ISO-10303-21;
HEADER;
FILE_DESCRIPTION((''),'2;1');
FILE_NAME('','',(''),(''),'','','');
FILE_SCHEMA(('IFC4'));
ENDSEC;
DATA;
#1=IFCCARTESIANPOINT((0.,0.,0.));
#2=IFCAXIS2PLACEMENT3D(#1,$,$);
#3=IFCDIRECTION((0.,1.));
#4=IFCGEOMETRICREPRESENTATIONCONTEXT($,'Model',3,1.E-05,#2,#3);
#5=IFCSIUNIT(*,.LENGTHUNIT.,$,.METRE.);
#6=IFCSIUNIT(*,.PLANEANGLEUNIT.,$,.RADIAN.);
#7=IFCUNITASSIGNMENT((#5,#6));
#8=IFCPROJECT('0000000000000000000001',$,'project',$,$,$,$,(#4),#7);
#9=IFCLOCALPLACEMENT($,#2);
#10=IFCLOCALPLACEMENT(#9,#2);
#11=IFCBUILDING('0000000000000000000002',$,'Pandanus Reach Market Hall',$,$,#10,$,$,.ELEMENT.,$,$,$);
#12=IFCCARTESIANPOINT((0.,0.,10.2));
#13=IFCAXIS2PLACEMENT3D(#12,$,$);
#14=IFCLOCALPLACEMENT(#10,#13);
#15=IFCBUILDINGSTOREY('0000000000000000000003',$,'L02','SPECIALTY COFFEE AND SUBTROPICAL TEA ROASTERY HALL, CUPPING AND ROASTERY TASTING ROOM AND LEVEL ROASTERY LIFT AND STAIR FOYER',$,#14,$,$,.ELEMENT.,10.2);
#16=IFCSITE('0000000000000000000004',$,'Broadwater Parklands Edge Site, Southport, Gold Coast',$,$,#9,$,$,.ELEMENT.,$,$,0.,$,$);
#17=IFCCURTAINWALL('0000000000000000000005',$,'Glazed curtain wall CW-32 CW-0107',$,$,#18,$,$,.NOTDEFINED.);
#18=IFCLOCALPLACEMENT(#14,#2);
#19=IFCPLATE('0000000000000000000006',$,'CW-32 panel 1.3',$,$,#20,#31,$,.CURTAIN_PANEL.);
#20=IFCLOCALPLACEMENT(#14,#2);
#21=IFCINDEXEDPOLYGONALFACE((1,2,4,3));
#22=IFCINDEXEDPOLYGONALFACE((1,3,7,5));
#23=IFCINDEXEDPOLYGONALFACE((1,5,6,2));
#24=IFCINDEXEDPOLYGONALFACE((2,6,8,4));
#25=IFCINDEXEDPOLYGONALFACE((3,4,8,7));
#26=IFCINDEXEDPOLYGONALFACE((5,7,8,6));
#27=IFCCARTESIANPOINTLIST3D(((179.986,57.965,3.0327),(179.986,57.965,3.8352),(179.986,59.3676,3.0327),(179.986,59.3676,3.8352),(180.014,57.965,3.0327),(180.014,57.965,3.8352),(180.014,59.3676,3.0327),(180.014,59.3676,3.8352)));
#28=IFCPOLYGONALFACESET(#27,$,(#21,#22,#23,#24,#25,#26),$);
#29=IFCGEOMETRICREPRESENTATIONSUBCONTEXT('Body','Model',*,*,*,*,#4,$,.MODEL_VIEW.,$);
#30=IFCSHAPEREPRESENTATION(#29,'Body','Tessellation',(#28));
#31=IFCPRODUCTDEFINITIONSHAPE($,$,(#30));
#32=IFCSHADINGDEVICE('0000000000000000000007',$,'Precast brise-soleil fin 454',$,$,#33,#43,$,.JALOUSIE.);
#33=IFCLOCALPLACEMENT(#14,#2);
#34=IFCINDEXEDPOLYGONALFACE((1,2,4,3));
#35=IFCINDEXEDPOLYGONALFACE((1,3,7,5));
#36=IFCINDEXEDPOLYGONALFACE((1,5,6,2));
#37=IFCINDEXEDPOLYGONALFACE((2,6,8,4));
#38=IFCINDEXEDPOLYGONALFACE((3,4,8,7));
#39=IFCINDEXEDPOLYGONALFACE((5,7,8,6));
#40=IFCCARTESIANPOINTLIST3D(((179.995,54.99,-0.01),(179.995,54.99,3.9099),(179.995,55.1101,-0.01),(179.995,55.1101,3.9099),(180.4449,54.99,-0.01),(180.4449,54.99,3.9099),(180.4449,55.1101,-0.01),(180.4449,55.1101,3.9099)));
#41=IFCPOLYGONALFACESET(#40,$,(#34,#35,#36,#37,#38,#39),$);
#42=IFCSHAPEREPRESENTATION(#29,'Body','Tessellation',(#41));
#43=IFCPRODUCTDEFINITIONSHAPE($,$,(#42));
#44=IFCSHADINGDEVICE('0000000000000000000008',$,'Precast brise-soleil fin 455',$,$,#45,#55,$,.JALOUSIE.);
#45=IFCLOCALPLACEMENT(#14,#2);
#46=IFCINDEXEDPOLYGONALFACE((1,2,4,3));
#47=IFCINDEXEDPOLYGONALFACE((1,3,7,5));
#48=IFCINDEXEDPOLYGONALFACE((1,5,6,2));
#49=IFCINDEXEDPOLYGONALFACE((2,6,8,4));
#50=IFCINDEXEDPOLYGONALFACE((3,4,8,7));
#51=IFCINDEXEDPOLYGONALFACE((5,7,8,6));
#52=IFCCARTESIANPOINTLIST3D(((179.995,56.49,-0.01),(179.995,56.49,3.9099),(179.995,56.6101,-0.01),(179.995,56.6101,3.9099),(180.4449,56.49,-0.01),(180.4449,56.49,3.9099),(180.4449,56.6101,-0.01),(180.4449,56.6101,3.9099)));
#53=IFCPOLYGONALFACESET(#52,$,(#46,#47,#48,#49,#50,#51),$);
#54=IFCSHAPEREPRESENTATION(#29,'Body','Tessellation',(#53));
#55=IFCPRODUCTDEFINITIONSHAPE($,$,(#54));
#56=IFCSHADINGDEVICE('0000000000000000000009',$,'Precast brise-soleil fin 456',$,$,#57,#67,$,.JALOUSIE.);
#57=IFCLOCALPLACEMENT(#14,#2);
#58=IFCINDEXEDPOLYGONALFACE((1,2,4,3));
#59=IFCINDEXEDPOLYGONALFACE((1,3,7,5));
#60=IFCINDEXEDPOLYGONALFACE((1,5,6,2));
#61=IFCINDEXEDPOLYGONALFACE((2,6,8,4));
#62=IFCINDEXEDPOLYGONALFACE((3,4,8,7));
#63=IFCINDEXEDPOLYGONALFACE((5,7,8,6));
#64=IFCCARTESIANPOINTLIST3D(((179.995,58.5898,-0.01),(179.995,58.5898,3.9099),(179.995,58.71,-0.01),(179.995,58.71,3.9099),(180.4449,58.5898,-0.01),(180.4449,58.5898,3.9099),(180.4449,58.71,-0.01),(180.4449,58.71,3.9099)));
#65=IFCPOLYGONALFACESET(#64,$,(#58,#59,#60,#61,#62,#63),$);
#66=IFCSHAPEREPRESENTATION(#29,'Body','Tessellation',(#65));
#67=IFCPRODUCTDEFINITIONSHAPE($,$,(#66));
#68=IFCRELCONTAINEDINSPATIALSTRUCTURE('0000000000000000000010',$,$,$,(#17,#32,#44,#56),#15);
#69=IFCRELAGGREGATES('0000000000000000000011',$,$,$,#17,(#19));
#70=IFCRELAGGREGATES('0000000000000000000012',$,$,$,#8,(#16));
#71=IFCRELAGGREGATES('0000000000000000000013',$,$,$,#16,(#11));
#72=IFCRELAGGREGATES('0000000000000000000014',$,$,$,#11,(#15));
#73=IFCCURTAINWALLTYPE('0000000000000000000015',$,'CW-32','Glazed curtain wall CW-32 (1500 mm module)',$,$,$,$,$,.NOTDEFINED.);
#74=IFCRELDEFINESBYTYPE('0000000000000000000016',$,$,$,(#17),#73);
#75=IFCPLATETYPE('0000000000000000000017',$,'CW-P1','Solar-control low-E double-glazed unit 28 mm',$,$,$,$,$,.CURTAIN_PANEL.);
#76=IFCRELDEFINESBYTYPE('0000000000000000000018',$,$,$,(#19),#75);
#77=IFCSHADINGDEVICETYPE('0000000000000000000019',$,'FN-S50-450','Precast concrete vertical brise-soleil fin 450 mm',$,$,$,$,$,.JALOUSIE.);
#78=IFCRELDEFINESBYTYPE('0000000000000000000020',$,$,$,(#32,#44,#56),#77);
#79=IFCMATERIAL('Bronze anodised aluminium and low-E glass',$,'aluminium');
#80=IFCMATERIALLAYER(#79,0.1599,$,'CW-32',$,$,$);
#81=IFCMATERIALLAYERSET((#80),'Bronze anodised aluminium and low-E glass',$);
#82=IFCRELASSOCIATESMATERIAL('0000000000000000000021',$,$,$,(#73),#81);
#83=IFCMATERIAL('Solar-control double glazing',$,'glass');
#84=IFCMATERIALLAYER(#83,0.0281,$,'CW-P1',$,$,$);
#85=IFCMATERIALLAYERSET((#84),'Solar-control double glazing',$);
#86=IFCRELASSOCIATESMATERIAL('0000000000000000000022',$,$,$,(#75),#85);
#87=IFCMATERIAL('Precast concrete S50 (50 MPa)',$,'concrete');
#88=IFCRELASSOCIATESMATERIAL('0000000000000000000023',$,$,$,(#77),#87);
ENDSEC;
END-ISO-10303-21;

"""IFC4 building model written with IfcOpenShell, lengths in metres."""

from ifc_helpers import new_model, si_unit, direction, frame, origin, origin_2d, place, context, subcontext, project, spatial, rectangle, extrude, material, layer, layer_set, type_object, element, aggregate, save


model = new_model("IFC4")

# Units and contexts
model_context = context("Model", 3, precision=1e-05, world=origin(), true_north=direction((0.0, 1.0)))
body_context = subcontext(model_context, "Body", "Model", "MODEL_VIEW")
ifc_project = project(units=[si_unit("LENGTHUNIT", "METRE"), si_unit("PLANEANGLEUNIT", "RADIAN")], contexts=[model_context])

# Site, building, storey
site_placement = place(None, origin())
site = spatial("IfcSite", under=ifc_project, at=site_placement, Name="Broadwater Parklands Edge Site, Southport, Gold Coast", CompositionType="ELEMENT", RefElevation=0.0)
building_placement = place(site_placement, origin())
building = spatial("IfcBuilding", under=site, at=building_placement, Name="Pandanus Reach Market Hall", CompositionType="ELEMENT")
storey_placement = place(building_placement, frame((0.0, 0.0, 10.2)))
storey = spatial("IfcBuildingStorey", under=building, at=storey_placement, Name="L02", Description="SPECIALTY COFFEE AND SUBTROPICAL TEA ROASTERY HALL, CUPPING AND ROASTERY TASTING ROOM AND LEVEL ROASTERY LIFT AND STAIR FOYER", CompositionType="ELEMENT", Elevation=10.2)

# Curtain wall
ifc_material_1 = material(Name="Bronze anodised aluminium and low-E glass", Category="aluminium")
ifc_layer_1 = layer(ifc_material_1, 0.1599, Name="CW-32")
ifc_layer_set_1 = layer_set([ifc_layer_1], Name="Bronze anodised aluminium and low-E glass")
curtain_wall_type = type_object("IfcCurtainWallType", Name="CW-32", Description="Glazed curtain wall CW-32 (1500 mm module)", PredefinedType="NOTDEFINED", material=ifc_layer_set_1)
curtain_wall_1_placement = place(storey_placement, origin())
curtain_wall_1 = element("IfcCurtainWall", 1, at=curtain_wall_1_placement, inside=storey, type_object=curtain_wall_type, Name="Glazed curtain wall CW-32 CW-0107", PredefinedType="NOTDEFINED")

# Plate
ifc_material_2 = material(Name="Solar-control double glazing", Category="glass")
ifc_layer_2 = layer(ifc_material_2, 0.0281, Name="CW-P1")
ifc_layer_set_2 = layer_set([ifc_layer_2], Name="Solar-control double glazing")
plate_type = type_object("IfcPlateType", Name="CW-P1", Description="Solar-control low-E double-glazed unit 28 mm", PredefinedType="CURTAIN_PANEL", material=ifc_layer_set_2)
plate_1_placement = place(storey_placement, frame((180.0, 58.6663, 3.0327), z_axis=(0.0, 0.0, 1.0), x_axis=(0.0, 1.0, 0.0)))
plate_1 = element("IfcPlate", 2, at=plate_1_placement, type_object=plate_type, Name="CW-32 panel 1.3", PredefinedType="CURTAIN_PANEL", context=body_context, shape_type="SweptSolid", body=[
    extrude(rectangle(XDim=1.4026, YDim=0.0281, at=origin_2d()), origin(), (0.0, 0.0, 1.0), 0.8025),
])
aggregate(curtain_wall_1, [plate_1])

# Shading devices
ifc_material_3 = material(Name="Precast concrete S50 (50 MPa)", Category="concrete")
shading_device_type = type_object("IfcShadingDeviceType", Name="FN-S50-450", Description="Precast concrete vertical brise-soleil fin 450 mm", PredefinedType="JALOUSIE", material=ifc_material_3)
for number, where, z_axis, x_axis, name in (
    (3, (180.22, 55.05, -0.01), (0.0, 0.0, 1.0), (1.0, 0.0, 0.0), "Precast brise-soleil fin 454"),
    (4, (180.22, 56.55, -0.01), (0.0, 0.0, 1.0), (1.0, 0.0, 0.0), "Precast brise-soleil fin 455"),
    (5, (180.22, 58.6499, -0.01), (0.0, 0.0, 1.0), (1.0, 0.0, 0.0), "Precast brise-soleil fin 456"),
):
    element("IfcShadingDevice", number, at=place(storey_placement, frame(where, z_axis=z_axis, x_axis=x_axis)), inside=storey, type_object=shading_device_type, Name=name, PredefinedType="JALOUSIE", context=body_context, shape_type="SweptSolid", body=[
        extrude(rectangle(XDim=0.45, YDim=0.1201, at=origin_2d()), origin(), (0.0, 0.0, 1.0), 3.9199),
    ])

save(model, "model.ifc")
